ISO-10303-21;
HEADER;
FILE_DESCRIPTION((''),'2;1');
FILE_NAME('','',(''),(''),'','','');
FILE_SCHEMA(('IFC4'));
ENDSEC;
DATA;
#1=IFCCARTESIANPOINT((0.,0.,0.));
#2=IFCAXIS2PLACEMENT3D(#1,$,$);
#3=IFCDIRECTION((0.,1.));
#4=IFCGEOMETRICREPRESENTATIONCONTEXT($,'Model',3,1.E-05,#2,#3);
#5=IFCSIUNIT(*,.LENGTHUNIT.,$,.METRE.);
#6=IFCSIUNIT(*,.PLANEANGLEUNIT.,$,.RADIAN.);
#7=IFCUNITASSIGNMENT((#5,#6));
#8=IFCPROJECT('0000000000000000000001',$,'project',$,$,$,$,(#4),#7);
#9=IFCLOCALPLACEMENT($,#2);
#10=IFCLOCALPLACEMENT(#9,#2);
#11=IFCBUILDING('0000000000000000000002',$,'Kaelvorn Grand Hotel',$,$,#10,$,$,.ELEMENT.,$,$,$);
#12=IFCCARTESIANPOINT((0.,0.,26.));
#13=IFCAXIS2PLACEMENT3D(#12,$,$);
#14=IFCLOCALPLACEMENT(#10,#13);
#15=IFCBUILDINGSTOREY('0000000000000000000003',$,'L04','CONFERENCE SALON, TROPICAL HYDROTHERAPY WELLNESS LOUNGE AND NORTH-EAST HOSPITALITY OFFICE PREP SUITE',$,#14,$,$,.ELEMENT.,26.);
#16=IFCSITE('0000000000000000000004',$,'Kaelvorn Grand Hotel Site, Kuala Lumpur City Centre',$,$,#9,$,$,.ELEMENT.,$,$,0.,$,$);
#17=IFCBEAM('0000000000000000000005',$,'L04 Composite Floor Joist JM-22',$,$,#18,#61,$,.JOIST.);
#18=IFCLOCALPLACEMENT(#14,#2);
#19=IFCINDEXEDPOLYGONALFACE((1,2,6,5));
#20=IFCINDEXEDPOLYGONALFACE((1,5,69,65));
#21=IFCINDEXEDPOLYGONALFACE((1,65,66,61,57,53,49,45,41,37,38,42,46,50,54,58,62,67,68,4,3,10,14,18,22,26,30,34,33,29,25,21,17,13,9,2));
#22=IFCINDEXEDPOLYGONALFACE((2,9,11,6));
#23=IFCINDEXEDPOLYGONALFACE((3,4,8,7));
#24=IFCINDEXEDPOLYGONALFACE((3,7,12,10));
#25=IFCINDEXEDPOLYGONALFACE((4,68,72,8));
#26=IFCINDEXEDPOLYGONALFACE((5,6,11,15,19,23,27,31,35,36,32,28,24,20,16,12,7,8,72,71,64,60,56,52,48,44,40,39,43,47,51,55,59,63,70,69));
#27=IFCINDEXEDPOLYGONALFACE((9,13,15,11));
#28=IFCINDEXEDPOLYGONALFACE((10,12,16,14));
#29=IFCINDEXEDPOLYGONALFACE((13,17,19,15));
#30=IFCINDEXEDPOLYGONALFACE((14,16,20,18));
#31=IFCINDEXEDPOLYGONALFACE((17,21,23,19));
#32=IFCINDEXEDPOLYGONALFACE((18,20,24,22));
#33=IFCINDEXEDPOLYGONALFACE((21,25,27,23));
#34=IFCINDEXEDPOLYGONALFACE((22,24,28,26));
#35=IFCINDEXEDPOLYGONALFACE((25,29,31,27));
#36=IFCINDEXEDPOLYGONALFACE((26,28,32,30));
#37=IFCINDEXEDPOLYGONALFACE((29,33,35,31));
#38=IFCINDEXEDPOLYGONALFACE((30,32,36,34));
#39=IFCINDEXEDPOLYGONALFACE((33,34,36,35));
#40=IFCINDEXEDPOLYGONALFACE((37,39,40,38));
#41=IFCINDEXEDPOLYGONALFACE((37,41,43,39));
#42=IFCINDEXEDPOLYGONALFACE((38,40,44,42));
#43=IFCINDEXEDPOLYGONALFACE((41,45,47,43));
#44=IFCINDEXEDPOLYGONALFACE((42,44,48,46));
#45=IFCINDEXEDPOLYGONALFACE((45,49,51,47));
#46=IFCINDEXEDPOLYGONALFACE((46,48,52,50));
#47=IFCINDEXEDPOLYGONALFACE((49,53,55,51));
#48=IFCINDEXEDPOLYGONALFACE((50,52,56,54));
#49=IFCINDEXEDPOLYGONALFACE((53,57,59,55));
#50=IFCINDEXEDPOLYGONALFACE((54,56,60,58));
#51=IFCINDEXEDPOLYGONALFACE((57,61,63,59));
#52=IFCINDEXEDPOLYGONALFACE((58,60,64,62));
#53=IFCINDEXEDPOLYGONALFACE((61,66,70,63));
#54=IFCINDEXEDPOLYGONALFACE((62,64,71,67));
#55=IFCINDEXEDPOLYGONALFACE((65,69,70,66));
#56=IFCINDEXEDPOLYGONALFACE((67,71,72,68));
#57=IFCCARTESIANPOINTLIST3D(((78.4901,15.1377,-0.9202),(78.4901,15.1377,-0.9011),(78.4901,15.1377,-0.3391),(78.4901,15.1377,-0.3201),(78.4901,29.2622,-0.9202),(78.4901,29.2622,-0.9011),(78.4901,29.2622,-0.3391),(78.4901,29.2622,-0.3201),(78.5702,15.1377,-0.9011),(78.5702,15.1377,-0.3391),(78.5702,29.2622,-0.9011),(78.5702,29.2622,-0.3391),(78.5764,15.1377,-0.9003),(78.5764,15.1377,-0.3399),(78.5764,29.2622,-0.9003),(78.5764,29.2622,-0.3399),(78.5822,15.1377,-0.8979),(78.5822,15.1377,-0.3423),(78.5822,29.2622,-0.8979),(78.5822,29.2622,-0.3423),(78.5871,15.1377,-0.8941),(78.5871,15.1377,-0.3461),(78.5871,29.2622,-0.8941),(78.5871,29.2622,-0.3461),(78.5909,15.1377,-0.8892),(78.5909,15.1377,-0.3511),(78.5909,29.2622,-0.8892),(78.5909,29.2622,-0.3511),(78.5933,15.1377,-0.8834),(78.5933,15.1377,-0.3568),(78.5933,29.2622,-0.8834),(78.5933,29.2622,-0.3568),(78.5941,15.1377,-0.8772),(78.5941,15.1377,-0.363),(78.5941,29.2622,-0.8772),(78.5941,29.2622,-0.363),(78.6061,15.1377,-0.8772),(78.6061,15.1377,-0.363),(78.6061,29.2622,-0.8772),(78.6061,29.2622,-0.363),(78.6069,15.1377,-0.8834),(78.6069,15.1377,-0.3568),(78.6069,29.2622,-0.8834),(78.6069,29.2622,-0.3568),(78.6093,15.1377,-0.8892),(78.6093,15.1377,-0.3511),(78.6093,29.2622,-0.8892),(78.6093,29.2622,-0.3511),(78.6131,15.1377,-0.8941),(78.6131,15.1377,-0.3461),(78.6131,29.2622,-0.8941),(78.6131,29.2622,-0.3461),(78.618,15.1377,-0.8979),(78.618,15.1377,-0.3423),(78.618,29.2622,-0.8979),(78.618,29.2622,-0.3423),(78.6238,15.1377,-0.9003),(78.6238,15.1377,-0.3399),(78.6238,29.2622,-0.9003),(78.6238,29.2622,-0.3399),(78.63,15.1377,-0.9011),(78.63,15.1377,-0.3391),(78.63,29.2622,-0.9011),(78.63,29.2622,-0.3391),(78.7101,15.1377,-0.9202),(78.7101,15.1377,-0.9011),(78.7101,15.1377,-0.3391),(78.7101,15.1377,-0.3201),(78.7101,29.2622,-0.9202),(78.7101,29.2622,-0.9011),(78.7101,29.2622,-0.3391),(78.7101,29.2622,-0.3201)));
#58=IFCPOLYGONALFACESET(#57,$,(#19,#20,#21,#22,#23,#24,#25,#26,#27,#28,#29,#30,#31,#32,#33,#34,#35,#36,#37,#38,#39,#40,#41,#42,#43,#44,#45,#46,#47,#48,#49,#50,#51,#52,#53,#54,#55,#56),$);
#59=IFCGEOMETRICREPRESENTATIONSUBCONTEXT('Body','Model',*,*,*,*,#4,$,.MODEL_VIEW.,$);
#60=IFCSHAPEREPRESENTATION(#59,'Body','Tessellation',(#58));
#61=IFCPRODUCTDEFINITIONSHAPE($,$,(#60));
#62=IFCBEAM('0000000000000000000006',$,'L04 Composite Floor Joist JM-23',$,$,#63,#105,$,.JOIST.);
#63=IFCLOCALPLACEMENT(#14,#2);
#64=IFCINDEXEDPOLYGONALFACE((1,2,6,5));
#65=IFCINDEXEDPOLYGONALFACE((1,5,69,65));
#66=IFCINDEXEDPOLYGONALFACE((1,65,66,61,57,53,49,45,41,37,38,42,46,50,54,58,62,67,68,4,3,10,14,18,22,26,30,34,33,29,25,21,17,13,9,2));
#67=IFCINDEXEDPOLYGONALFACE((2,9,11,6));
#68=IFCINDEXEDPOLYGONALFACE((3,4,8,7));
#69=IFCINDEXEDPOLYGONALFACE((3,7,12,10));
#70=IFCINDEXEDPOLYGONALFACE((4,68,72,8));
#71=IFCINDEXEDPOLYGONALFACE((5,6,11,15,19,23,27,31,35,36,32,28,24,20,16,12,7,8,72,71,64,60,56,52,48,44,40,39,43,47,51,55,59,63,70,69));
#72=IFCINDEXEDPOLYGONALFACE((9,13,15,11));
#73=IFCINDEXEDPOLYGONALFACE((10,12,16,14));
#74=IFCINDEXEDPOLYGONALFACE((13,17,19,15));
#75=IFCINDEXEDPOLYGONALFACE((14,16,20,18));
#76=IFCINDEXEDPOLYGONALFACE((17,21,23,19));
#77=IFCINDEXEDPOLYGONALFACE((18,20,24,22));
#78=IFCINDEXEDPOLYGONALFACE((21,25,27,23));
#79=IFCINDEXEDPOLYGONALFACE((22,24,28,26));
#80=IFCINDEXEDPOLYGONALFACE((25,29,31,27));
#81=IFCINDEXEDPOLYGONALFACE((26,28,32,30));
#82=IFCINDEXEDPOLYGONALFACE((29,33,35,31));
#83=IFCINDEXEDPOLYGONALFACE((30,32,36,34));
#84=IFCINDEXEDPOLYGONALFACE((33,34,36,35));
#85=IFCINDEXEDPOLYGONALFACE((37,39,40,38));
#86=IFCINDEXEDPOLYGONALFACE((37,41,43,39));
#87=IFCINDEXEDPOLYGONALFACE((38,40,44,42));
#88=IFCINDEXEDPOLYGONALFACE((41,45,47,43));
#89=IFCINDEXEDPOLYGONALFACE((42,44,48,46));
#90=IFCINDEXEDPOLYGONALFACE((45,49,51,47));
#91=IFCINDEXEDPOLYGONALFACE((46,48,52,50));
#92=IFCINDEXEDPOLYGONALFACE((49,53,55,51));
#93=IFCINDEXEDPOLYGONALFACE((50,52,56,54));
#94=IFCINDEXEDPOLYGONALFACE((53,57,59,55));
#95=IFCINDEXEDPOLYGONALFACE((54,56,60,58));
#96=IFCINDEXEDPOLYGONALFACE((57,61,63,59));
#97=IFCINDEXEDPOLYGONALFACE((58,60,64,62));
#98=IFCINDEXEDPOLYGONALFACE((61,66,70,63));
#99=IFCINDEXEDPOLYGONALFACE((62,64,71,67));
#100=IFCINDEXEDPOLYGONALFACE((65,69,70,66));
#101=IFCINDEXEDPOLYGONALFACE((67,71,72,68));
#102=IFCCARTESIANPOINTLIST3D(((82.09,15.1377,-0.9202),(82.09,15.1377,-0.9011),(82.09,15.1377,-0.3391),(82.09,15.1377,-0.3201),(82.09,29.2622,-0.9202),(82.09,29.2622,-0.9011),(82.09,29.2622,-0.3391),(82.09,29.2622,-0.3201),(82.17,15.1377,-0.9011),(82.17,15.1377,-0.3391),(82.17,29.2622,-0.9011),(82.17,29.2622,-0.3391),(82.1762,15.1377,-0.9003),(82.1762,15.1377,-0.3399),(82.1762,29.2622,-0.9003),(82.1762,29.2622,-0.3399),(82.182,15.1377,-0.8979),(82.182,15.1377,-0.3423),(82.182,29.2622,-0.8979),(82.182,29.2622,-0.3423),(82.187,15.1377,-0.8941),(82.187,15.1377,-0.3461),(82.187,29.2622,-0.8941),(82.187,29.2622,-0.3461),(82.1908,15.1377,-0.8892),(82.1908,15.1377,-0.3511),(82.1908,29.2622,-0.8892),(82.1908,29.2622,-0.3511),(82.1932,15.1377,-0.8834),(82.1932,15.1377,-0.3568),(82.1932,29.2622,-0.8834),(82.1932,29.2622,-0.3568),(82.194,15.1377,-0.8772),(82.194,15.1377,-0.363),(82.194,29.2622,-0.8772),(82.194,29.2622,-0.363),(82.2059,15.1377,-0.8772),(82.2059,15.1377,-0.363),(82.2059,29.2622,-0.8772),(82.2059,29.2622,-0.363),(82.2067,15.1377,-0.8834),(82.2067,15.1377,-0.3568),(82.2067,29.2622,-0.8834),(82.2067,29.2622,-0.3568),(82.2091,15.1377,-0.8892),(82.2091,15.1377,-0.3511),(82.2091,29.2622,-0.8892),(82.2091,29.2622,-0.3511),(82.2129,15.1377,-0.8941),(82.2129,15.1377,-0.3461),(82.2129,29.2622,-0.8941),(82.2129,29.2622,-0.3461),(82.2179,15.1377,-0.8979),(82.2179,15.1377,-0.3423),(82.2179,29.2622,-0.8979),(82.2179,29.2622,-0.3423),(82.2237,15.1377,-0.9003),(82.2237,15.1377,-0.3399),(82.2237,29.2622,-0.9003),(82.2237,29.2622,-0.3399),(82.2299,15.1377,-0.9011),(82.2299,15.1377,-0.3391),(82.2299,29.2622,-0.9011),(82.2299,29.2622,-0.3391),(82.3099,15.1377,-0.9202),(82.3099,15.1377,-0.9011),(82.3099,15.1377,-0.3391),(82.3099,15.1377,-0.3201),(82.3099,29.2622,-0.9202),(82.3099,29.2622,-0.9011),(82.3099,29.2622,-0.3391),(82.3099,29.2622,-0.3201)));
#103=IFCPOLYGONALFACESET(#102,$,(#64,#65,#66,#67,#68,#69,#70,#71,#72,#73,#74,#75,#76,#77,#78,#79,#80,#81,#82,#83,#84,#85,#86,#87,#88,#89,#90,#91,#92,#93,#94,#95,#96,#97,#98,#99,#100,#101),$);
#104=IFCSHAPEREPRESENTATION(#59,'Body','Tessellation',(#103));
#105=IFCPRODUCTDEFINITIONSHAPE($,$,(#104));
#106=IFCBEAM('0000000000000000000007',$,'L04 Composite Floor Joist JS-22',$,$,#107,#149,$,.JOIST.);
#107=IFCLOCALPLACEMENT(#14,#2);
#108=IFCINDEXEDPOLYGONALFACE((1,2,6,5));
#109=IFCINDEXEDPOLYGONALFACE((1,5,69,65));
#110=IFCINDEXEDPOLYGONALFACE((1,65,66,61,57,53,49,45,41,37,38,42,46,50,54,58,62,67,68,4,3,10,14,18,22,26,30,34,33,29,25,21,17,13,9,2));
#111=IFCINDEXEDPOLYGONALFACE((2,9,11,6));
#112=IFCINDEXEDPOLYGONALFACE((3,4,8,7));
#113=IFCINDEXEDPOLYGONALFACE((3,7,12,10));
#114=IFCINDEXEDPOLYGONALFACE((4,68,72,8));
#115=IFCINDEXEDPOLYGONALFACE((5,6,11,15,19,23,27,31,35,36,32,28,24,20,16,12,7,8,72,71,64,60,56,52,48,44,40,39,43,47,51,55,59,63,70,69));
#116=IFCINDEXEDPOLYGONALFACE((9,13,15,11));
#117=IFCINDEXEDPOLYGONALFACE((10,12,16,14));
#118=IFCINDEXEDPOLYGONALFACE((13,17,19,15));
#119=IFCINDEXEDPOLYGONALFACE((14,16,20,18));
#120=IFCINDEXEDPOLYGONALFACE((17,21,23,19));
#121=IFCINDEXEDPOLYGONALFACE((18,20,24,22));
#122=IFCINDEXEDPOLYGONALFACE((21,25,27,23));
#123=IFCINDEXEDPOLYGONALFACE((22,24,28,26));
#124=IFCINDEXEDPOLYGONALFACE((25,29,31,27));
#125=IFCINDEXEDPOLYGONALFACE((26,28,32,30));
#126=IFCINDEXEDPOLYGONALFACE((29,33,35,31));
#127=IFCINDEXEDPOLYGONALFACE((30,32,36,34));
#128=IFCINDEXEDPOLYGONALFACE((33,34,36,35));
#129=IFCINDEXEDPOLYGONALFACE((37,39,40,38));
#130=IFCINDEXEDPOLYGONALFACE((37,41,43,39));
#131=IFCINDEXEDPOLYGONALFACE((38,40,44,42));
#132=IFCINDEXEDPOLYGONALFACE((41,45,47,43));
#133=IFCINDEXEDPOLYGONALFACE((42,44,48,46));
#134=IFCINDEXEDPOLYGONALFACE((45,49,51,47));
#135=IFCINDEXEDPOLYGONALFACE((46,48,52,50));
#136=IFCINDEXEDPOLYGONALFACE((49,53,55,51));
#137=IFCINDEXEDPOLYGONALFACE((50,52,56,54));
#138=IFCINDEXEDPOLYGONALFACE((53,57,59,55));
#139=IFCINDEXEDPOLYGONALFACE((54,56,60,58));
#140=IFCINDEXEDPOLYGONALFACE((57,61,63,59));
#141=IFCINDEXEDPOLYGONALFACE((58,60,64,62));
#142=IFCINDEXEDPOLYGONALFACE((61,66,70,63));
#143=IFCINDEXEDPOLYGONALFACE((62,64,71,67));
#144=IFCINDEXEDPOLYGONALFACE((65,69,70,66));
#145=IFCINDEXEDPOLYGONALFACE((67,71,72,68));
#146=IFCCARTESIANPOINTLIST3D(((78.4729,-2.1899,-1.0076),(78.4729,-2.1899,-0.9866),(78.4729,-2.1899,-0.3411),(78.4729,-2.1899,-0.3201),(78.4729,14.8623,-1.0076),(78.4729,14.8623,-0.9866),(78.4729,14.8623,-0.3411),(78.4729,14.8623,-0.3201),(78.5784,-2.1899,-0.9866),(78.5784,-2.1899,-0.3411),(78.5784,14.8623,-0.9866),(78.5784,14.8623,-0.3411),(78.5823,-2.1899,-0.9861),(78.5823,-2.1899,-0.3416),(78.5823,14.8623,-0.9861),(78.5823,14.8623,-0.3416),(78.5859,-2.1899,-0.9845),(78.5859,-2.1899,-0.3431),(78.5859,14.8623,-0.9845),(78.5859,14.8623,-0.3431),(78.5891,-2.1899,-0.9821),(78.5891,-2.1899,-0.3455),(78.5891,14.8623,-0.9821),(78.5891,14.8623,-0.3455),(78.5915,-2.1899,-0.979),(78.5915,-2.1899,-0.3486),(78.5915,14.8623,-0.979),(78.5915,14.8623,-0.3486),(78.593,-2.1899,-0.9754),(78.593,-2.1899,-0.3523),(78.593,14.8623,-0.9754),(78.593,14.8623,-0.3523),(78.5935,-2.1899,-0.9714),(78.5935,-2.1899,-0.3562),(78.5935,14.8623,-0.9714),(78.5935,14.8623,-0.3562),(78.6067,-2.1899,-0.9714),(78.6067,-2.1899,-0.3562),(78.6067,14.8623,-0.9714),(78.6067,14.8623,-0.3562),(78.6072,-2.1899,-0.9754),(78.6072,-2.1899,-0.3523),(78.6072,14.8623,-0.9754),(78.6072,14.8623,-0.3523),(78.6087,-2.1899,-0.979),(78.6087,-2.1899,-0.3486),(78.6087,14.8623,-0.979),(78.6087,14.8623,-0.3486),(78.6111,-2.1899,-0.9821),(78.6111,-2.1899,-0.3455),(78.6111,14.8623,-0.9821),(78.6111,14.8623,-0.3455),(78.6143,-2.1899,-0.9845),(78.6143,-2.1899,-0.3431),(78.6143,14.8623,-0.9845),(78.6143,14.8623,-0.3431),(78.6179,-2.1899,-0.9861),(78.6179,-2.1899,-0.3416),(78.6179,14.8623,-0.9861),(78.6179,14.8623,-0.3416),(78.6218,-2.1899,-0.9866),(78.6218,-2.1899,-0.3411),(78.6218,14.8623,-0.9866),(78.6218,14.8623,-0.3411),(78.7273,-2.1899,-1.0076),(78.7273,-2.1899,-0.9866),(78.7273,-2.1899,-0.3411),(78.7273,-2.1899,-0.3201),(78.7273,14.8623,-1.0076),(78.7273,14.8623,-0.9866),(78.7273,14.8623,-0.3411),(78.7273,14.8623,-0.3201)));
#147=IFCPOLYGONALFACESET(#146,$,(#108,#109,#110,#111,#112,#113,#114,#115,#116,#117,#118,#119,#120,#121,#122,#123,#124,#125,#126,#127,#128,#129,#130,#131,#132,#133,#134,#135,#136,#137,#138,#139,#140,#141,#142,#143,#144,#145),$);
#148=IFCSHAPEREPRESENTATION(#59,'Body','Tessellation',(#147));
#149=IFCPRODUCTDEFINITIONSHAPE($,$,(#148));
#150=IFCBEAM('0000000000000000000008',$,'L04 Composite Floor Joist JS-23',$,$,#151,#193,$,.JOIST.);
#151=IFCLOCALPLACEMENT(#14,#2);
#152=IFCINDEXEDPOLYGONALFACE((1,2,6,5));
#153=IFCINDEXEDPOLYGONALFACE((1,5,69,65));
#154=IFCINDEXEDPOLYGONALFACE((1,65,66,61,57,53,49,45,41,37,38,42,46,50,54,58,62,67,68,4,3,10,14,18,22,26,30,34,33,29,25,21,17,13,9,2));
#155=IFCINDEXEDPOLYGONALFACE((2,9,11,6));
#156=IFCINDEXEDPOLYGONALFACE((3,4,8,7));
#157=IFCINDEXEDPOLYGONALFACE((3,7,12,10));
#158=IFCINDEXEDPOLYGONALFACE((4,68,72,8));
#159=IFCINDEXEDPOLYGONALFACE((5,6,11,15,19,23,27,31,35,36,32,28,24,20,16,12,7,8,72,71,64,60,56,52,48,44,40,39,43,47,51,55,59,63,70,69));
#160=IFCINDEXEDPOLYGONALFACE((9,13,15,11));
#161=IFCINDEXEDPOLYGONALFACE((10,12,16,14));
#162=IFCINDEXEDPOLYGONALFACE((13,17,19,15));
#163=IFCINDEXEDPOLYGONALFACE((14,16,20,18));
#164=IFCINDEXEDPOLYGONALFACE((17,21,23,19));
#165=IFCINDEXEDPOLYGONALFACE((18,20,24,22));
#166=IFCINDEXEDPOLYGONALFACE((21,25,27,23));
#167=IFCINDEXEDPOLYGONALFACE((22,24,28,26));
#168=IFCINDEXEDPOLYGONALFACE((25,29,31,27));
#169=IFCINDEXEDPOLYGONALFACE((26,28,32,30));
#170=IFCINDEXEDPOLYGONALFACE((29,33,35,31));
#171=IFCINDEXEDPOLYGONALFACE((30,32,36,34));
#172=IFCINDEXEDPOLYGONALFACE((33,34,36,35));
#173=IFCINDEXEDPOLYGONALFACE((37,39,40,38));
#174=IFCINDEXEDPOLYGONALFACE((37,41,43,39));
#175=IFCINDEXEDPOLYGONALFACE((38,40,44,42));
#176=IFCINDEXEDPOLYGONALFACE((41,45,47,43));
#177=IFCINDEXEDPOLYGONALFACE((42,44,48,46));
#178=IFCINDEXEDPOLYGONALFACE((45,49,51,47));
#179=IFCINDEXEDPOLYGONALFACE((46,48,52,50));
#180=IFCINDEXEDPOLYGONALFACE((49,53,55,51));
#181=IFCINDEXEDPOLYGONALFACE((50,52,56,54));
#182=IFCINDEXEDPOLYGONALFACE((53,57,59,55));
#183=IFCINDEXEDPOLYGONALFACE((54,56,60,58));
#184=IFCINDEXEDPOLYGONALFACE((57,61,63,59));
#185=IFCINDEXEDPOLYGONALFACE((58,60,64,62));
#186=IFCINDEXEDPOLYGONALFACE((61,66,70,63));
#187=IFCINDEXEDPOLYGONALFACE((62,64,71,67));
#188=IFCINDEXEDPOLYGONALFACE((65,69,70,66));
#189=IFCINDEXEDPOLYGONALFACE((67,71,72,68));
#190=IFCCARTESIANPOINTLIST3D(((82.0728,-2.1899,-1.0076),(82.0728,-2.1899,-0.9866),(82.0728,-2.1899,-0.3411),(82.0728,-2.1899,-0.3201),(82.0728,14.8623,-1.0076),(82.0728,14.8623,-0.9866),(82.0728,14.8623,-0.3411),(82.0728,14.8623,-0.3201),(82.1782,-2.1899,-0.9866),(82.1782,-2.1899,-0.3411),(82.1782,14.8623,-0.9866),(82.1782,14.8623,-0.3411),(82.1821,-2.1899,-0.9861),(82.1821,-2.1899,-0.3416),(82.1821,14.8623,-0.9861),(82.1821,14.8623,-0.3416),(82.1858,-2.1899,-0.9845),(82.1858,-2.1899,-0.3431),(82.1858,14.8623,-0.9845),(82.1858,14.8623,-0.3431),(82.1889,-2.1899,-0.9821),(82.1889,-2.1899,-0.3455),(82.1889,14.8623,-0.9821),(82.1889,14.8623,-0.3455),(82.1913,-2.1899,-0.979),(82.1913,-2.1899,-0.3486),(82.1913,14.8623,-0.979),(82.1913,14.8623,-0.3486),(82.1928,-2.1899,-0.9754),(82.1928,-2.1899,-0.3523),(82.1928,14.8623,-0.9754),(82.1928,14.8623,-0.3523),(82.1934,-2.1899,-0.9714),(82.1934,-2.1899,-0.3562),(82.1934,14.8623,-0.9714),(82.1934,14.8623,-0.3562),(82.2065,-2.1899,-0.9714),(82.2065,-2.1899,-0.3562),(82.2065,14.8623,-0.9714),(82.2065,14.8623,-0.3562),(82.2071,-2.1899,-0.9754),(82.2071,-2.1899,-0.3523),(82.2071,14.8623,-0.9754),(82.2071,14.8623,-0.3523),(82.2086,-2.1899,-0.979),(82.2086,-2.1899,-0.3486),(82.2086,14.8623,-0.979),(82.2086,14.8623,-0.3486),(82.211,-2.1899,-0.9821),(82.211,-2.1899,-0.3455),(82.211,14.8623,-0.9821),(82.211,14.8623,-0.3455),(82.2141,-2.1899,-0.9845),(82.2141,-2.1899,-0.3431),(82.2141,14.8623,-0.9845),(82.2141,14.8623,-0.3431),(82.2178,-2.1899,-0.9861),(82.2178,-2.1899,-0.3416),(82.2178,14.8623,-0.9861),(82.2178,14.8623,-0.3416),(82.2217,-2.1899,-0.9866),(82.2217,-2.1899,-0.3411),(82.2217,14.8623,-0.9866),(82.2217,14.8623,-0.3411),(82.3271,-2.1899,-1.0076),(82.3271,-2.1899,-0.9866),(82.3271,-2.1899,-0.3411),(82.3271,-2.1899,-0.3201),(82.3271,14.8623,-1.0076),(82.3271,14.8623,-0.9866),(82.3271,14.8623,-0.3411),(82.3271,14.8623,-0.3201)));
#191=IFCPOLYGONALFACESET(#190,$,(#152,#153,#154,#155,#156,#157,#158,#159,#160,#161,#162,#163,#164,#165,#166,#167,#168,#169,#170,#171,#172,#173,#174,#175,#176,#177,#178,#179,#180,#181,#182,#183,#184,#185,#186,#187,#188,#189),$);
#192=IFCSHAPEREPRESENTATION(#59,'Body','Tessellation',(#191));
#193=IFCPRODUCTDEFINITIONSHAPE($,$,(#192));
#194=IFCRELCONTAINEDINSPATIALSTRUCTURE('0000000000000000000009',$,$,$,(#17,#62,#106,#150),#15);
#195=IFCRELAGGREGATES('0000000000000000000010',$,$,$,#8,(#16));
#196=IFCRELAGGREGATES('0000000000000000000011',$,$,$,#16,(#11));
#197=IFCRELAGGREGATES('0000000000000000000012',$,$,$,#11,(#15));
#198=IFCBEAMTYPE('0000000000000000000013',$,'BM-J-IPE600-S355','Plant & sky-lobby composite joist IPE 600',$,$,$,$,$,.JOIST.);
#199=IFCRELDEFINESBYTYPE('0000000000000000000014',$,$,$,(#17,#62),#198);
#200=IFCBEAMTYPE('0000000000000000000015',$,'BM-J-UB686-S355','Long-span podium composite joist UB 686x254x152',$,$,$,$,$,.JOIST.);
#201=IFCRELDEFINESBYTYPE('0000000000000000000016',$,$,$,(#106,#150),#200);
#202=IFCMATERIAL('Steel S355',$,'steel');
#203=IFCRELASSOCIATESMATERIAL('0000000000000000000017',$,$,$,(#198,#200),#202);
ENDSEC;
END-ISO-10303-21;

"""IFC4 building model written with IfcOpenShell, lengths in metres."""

from ifc_helpers import new_model, si_unit, direction, frame, origin, origin_2d, place, context, subcontext, project, spatial, i_section, extrude, material, material_profile, profile_set, type_object, element, save


model = new_model("IFC4")

# Units and contexts
model_context = context("Model", 3, precision=1e-05, world=origin(), true_north=direction((0.0, 1.0)))
body_context = subcontext(model_context, "Body", "Model", "MODEL_VIEW")
ifc_project = project(units=[si_unit("LENGTHUNIT", "METRE"), si_unit("PLANEANGLEUNIT", "RADIAN")], contexts=[model_context])

# Site, building, storey
site_placement = place(None, origin())
site = spatial("IfcSite", under=ifc_project, at=site_placement, Name="Kaelvorn Grand Hotel Site, Kuala Lumpur City Centre", CompositionType="ELEMENT", RefElevation=0.0)
building_placement = place(site_placement, origin())
building = spatial("IfcBuilding", under=site, at=building_placement, Name="Kaelvorn Grand Hotel", CompositionType="ELEMENT")
storey_placement = place(building_placement, frame((0.0, 0.0, 26.0)))
storey = spatial("IfcBuildingStorey", under=building, at=storey_placement, Name="L04", Description="CONFERENCE SALON, TROPICAL HYDROTHERAPY WELLNESS LOUNGE AND NORTH-EAST HOSPITALITY OFFICE PREP SUITE", CompositionType="ELEMENT", Elevation=26.0)

# Beams
ifc_material_1 = material(Name="Steel S355", Category="steel")
ifc_material_profile_1 = material_profile(ifc_material_1, i_section(OverallWidth=0.22, OverallDepth=0.6001, WebThickness=0.012, FlangeThickness=0.019, FilletRadius=0.0239, at=origin_2d()), Name="IPE 600")
ifc_profile_set_1 = profile_set([ifc_material_profile_1], Name="Steel S355")
beam_type_1 = type_object("IfcBeamType", Name="BM-J-IPE600-S355", Description="Plant & sky-lobby composite joist IPE 600", PredefinedType="JOIST", material=ifc_profile_set_1)
for number, where, z_axis, x_axis, name in (
    (1, (78.6001, 15.1377, -0.6201), (0.0, 1.0, 0.0), (-1.0, 0.0, 0.0), "L04 Composite Floor Joist JM-22"),
    (2, (82.2, 15.1377, -0.6201), (0.0, 1.0, 0.0), (-1.0, 0.0, 0.0), "L04 Composite Floor Joist JM-23"),
):
    element("IfcBeam", number, at=place(storey_placement, frame(where, z_axis=z_axis, x_axis=x_axis)), inside=storey, type_object=beam_type_1, Name=name, PredefinedType="JOIST", context=body_context, shape_type="SweptSolid", body=[
        extrude(i_section(OverallWidth=0.22, OverallDepth=0.6001, WebThickness=0.012, FlangeThickness=0.019, FilletRadius=0.0239, at=origin_2d()), origin(), (0.0, 0.0, 1.0), 14.1245),
    ])
ifc_material_profile_2 = material_profile(ifc_material_1, i_section(OverallWidth=0.2544, OverallDepth=0.6875, WebThickness=0.0132, FlangeThickness=0.021, FilletRadius=0.0151, at=origin_2d()), Name="UB 686x254x152")
ifc_profile_set_2 = profile_set([ifc_material_profile_2], Name="Steel S355")
beam_type_2 = type_object("IfcBeamType", Name="BM-J-UB686-S355", Description="Long-span podium composite joist UB 686x254x152", PredefinedType="JOIST", material=ifc_profile_set_2)
for number, where, z_axis, x_axis, name in (
    (3, (78.6001, -2.1899, -0.6638), (0.0, 1.0, 0.0), (-1.0, 0.0, 0.0), "L04 Composite Floor Joist JS-22"),
    (4, (82.2, -2.1899, -0.6638), (0.0, 1.0, 0.0), (-1.0, 0.0, 0.0), "L04 Composite Floor Joist JS-23"),
):
    element("IfcBeam", number, at=place(storey_placement, frame(where, z_axis=z_axis, x_axis=x_axis)), inside=storey, type_object=beam_type_2, Name=name, PredefinedType="JOIST", context=body_context, shape_type="SweptSolid", body=[
        extrude(i_section(OverallWidth=0.2544, OverallDepth=0.6875, WebThickness=0.0132, FlangeThickness=0.021, FilletRadius=0.0151, at=origin_2d()), origin(), (0.0, 0.0, 1.0), 17.0522),
    ])

save(model, "model.ifc")
